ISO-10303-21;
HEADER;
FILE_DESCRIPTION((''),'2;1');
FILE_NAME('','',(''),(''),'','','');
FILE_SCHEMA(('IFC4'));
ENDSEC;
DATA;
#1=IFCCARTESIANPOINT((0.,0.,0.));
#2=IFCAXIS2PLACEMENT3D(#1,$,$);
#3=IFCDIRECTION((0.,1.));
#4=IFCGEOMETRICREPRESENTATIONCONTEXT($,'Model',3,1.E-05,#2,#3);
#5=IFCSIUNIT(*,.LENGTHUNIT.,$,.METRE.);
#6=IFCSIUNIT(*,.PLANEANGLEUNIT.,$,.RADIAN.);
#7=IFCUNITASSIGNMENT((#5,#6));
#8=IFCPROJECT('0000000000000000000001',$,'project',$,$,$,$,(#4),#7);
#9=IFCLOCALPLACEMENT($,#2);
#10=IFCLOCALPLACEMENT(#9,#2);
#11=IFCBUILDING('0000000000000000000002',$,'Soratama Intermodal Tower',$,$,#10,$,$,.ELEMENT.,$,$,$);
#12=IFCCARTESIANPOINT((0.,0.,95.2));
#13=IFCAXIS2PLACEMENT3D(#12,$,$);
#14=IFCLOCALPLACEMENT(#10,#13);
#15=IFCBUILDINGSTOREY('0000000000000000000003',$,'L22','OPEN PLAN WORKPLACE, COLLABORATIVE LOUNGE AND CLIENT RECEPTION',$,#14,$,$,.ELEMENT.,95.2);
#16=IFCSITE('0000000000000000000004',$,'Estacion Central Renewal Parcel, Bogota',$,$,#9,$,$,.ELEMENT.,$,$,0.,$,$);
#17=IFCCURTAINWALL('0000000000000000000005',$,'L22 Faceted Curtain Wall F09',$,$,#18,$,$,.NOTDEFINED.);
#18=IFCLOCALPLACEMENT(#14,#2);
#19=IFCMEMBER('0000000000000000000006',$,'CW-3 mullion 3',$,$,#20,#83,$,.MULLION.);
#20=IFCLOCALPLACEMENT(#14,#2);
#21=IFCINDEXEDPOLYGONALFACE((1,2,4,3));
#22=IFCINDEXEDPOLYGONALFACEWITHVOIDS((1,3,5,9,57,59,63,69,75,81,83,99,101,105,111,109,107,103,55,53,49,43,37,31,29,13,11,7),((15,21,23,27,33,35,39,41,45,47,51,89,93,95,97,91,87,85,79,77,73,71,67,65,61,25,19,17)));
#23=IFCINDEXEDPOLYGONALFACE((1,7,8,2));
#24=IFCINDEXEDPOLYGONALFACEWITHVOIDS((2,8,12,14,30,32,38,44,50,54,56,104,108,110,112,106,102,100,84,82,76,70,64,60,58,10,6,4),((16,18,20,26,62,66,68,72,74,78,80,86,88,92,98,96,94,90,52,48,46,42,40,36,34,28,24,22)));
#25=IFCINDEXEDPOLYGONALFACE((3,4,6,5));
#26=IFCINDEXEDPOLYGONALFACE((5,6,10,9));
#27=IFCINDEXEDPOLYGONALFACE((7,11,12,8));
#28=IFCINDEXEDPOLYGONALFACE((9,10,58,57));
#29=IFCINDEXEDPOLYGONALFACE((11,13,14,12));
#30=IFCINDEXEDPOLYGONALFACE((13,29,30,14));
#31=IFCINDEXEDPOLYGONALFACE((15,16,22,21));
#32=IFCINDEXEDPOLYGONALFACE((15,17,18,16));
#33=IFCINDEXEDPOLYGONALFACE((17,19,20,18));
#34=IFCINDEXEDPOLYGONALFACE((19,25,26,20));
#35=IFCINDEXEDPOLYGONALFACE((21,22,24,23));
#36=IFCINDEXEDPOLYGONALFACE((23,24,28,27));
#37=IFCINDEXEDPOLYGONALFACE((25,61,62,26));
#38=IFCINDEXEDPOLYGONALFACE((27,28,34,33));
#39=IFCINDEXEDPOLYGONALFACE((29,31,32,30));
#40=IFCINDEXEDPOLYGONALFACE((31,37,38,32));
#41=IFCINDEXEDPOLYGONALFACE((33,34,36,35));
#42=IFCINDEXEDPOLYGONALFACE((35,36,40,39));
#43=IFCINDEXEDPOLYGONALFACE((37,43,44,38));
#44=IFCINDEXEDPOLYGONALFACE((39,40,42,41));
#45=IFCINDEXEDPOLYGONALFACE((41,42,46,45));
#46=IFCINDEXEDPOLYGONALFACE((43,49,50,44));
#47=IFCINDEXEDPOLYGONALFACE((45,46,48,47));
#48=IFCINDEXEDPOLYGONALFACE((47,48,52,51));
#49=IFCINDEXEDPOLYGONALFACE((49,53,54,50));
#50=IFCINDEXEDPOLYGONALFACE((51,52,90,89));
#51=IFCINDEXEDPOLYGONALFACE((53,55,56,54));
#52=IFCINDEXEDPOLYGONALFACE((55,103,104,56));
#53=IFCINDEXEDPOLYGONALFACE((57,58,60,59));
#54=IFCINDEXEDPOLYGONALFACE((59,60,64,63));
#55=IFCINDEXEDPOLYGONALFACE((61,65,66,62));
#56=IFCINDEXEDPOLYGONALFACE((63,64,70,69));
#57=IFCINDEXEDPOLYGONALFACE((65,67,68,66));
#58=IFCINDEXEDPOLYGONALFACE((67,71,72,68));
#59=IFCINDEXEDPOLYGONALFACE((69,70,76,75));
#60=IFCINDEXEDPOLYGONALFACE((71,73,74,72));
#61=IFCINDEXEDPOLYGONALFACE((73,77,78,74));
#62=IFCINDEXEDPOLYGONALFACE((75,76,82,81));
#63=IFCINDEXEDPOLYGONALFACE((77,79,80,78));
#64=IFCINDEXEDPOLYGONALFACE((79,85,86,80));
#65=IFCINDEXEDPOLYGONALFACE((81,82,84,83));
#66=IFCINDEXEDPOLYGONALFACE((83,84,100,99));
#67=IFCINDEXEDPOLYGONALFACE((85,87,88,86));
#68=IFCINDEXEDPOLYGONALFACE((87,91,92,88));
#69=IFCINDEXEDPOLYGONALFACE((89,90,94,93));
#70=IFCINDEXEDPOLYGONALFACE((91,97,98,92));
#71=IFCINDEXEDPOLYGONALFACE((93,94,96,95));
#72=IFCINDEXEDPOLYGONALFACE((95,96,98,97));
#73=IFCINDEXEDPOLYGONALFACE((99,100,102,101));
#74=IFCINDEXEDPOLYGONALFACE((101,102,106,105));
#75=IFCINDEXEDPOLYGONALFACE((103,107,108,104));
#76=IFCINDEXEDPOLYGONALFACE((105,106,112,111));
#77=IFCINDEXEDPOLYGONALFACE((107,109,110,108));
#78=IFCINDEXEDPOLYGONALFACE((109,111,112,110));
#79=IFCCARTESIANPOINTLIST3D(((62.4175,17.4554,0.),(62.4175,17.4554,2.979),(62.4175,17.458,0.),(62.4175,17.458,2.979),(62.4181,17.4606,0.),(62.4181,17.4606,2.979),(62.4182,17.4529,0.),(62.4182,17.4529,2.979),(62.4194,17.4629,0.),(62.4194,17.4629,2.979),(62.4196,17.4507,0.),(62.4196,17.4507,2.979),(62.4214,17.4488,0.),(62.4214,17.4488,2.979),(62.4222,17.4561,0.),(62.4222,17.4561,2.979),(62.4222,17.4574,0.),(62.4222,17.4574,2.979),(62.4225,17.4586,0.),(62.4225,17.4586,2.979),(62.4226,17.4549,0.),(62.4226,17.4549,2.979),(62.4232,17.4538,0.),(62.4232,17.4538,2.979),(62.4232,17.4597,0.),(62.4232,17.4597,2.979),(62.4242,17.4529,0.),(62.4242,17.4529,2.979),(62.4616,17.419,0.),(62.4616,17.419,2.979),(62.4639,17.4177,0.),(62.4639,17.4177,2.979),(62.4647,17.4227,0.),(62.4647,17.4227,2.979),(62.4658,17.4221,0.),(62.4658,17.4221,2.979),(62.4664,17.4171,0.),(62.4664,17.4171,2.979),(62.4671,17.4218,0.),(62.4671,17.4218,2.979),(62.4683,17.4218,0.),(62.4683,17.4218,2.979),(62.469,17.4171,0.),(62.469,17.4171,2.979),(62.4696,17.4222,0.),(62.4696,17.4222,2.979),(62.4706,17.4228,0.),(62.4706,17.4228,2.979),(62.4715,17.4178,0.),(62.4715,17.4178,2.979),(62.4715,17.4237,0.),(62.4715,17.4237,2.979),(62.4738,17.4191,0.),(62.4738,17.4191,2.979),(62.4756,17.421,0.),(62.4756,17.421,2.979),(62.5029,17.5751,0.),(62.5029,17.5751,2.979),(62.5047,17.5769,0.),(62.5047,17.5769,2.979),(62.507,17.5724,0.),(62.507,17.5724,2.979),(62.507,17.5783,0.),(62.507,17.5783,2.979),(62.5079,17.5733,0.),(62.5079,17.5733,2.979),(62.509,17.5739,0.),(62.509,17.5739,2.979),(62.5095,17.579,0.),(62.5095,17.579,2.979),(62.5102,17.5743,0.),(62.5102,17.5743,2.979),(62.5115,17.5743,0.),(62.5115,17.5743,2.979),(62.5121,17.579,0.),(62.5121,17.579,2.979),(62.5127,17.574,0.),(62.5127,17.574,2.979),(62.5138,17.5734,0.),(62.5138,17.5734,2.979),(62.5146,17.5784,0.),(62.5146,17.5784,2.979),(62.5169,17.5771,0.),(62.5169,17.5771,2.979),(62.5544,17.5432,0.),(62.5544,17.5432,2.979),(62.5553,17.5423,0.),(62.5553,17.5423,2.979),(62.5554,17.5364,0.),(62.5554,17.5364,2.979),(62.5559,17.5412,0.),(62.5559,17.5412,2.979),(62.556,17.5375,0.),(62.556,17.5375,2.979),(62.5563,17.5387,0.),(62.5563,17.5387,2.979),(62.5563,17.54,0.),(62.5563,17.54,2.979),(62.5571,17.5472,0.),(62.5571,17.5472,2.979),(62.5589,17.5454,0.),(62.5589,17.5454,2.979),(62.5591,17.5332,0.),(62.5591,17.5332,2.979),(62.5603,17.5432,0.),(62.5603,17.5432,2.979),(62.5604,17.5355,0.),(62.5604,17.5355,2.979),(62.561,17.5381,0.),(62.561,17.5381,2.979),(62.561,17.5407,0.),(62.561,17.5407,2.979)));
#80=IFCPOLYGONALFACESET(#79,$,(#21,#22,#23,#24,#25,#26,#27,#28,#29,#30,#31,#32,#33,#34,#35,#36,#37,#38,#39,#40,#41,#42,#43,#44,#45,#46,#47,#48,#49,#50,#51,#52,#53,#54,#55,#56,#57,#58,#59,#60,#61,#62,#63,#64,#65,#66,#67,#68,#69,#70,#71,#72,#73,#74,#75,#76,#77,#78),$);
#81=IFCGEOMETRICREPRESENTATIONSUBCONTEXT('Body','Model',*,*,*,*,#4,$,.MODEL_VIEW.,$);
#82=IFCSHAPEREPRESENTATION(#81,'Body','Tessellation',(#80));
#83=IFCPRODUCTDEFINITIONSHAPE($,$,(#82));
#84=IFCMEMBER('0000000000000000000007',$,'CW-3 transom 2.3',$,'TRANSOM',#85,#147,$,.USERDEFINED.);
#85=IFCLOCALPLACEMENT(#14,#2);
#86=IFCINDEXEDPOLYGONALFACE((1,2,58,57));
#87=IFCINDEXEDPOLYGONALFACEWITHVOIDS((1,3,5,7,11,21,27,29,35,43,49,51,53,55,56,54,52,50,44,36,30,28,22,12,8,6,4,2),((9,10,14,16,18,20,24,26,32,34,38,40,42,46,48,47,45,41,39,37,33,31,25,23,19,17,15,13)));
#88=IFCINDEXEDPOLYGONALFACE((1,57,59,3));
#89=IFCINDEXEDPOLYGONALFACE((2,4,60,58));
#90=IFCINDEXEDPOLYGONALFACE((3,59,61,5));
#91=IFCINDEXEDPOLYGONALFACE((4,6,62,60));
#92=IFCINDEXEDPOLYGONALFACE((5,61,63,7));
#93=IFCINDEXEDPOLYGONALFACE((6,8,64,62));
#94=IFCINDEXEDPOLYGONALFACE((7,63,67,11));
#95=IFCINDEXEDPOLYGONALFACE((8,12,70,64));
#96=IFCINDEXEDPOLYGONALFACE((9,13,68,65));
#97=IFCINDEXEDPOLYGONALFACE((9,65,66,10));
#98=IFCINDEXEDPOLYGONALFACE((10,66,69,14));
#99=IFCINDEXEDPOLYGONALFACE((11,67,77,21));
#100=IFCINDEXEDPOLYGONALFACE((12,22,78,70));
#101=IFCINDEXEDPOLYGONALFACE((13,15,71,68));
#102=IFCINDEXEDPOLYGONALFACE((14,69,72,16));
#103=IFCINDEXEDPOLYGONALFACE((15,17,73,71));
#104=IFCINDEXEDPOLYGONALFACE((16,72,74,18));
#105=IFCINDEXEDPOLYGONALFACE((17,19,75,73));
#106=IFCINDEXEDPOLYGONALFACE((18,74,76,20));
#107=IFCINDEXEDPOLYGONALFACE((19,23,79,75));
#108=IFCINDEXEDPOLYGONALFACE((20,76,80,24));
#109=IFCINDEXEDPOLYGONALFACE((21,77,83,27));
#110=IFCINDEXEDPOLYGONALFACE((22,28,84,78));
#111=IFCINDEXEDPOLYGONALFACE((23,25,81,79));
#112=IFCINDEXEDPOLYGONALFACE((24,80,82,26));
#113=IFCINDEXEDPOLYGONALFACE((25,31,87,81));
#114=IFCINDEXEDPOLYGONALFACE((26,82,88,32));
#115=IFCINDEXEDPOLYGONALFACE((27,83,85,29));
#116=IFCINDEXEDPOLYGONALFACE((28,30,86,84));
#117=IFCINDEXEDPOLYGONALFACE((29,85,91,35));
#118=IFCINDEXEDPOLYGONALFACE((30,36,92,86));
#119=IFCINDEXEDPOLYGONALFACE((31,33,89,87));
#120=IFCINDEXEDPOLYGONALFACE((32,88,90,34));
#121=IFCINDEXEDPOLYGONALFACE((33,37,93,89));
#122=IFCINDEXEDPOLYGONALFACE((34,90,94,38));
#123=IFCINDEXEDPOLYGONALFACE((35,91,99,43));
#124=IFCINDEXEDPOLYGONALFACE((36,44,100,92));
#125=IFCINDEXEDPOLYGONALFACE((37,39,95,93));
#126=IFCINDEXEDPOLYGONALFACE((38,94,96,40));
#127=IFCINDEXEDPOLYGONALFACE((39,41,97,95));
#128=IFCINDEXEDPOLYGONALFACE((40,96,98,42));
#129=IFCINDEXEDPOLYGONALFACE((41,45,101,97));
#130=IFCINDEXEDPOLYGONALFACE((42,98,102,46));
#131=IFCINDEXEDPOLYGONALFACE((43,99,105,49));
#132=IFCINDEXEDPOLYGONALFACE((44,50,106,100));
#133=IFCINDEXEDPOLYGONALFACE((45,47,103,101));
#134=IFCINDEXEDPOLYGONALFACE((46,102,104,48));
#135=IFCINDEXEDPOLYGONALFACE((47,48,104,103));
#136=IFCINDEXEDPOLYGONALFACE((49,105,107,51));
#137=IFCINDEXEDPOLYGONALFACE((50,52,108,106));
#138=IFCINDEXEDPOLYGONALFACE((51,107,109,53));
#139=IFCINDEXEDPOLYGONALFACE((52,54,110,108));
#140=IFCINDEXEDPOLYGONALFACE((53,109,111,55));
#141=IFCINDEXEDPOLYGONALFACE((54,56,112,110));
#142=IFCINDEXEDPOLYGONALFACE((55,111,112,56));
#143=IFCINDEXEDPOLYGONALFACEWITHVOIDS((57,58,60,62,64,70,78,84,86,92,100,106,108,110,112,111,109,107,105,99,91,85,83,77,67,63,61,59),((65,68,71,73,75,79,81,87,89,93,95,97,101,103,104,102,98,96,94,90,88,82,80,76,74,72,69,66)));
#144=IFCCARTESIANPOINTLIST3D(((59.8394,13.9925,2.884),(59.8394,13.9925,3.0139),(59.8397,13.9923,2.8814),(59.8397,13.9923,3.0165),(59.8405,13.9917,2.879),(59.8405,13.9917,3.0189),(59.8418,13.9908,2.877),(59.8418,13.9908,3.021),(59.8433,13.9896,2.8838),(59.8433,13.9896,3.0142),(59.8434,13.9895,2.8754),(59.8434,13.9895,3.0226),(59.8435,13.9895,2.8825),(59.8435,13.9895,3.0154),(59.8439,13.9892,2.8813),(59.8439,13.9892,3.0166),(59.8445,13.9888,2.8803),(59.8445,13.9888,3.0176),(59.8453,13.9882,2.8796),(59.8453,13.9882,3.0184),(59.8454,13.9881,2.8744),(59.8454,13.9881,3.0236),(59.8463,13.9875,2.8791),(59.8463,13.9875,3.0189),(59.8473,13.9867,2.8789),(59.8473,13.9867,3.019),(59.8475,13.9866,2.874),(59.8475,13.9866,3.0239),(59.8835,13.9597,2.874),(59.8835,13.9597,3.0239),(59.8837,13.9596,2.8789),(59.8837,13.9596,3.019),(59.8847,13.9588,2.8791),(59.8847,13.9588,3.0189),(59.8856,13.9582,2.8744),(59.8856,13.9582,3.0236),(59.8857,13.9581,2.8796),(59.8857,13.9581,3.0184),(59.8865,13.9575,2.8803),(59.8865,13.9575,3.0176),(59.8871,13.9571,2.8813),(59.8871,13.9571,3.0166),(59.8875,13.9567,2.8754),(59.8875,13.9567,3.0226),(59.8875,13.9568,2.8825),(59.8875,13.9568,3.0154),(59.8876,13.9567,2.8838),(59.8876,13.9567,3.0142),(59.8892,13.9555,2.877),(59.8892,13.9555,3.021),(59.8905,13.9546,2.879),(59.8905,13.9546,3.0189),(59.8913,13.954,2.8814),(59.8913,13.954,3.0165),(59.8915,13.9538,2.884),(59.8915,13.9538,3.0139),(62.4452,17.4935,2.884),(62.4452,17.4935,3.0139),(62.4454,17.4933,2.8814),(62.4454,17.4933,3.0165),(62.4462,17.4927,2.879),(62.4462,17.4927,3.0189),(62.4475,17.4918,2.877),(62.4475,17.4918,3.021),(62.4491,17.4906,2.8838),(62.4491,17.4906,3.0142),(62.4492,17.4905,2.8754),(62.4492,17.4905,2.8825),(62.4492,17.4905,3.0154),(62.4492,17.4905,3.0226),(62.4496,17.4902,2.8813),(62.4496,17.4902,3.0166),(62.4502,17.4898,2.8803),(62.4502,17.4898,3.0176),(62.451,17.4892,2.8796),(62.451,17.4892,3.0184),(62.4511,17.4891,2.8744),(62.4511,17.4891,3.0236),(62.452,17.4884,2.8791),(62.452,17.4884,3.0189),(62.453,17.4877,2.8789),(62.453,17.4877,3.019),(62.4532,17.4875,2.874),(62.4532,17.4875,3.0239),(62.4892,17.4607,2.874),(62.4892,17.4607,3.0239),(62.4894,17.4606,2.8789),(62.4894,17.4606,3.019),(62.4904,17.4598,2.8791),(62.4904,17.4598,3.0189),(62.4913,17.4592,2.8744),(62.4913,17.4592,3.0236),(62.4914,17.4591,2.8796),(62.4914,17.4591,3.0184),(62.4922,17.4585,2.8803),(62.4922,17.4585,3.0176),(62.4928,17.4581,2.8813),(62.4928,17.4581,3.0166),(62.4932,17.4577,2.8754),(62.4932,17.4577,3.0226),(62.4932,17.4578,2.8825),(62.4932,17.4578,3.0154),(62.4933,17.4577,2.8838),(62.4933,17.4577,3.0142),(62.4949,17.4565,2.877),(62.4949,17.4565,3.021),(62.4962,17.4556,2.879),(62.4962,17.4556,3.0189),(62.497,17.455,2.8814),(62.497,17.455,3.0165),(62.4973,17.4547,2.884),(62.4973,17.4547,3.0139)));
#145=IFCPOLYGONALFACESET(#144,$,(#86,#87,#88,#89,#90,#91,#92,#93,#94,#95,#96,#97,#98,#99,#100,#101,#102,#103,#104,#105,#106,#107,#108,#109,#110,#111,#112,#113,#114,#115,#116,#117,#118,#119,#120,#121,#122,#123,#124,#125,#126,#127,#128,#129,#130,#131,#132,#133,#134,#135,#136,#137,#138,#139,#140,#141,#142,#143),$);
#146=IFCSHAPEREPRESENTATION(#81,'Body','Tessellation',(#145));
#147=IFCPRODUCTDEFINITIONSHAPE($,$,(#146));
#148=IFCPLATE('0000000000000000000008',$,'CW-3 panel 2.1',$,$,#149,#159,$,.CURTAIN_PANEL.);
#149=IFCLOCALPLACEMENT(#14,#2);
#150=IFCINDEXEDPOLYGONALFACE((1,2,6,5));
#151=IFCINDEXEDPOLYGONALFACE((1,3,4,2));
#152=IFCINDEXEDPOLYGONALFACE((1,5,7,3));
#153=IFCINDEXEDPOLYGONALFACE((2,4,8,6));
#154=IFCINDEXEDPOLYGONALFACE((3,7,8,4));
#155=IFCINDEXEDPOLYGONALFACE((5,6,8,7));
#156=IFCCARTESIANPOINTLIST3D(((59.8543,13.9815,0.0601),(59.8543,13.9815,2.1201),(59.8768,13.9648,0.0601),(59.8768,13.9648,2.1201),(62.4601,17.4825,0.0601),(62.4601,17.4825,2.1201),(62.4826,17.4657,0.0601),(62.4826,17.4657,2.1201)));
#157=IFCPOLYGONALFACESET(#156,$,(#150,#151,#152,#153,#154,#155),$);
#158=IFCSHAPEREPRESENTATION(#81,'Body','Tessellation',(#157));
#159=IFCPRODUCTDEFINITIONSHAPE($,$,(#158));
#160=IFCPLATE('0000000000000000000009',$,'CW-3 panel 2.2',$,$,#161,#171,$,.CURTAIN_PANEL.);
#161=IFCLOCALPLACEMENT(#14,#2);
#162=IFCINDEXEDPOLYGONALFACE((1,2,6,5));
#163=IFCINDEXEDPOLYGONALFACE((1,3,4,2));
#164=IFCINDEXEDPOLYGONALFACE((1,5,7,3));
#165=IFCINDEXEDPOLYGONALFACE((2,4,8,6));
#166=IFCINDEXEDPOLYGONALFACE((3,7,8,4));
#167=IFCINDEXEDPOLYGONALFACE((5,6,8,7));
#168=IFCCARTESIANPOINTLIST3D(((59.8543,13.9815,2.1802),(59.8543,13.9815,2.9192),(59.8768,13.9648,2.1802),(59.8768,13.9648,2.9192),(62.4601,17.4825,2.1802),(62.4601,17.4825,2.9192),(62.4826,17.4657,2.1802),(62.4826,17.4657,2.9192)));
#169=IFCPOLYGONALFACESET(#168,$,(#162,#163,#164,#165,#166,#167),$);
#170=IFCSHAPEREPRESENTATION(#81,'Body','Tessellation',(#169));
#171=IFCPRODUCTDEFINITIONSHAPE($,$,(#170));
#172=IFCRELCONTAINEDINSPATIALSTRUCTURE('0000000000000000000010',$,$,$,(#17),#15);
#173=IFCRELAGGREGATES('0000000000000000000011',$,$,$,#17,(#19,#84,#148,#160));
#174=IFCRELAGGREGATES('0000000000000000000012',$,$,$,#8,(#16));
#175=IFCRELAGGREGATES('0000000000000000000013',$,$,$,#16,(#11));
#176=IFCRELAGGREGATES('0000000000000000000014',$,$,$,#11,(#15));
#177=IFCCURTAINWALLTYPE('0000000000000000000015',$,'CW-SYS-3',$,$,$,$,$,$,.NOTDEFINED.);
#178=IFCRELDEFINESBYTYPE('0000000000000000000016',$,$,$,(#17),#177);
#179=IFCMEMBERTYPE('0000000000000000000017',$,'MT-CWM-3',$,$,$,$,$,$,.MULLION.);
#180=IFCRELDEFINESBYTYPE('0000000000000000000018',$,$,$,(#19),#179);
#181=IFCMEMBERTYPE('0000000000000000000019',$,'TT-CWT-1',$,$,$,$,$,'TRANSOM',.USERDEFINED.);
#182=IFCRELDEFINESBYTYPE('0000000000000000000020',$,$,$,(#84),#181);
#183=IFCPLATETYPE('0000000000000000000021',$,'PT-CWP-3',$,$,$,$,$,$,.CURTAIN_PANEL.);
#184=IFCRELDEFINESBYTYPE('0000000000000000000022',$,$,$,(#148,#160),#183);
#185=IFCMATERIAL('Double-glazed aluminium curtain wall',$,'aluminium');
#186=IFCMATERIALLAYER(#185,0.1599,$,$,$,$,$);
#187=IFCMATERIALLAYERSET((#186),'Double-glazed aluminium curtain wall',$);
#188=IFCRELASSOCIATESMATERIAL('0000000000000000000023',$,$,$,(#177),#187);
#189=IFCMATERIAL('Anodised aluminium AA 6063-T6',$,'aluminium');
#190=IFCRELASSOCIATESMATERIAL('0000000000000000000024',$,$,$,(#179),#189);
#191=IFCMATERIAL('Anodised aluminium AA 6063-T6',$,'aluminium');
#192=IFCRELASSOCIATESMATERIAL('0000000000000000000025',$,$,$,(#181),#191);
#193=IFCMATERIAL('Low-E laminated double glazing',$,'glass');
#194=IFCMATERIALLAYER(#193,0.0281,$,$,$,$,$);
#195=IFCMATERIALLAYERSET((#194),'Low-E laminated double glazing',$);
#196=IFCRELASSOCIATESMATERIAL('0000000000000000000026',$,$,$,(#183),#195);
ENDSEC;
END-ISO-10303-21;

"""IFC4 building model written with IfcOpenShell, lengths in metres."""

from ifc_helpers import new_model, si_unit, direction, frame, origin, origin_2d, place, context, subcontext, project, spatial, rectangle, hollow_rectangle, extrude, material, layer, layer_set, material_profile, profile_set, type_object, element, aggregate, save


model = new_model("IFC4")

# Units and contexts
model_context = context("Model", 3, precision=1e-05, world=origin(), true_north=direction((0.0, 1.0)))
body_context = subcontext(model_context, "Body", "Model", "MODEL_VIEW")
ifc_project = project(units=[si_unit("LENGTHUNIT", "METRE"), si_unit("PLANEANGLEUNIT", "RADIAN")], contexts=[model_context])

# Site, building, storey
site_placement = place(None, origin())
site = spatial("IfcSite", under=ifc_project, at=site_placement, Name="Estacion Central Renewal Parcel, Bogota", CompositionType="ELEMENT", RefElevation=0.0)
building_placement = place(site_placement, origin())
building = spatial("IfcBuilding", under=site, at=building_placement, Name="Soratama Intermodal Tower", CompositionType="ELEMENT")
storey_placement = place(building_placement, frame((0.0, 0.0, 95.2)))
storey = spatial("IfcBuildingStorey", under=building, at=storey_placement, Name="L22", Description="OPEN PLAN WORKPLACE, COLLABORATIVE LOUNGE AND CLIENT RECEPTION", CompositionType="ELEMENT", Elevation=95.2)

# Curtain wall, members, plates
ifc_material_1 = material(Name="Double-glazed aluminium curtain wall", Category="aluminium")
ifc_layer_1 = layer(ifc_material_1, 0.1599)
ifc_layer_set_1 = layer_set([ifc_layer_1], Name="Double-glazed aluminium curtain wall")
curtain_wall_type = type_object("IfcCurtainWallType", Name="CW-SYS-3", PredefinedType="NOTDEFINED", material=ifc_layer_set_1)
curtain_wall_placement = place(storey_placement, origin())
curtain_wall = element("IfcCurtainWall", 1, at=curtain_wall_placement, inside=storey, type_object=curtain_wall_type, Name="L22 Faceted Curtain Wall F09", PredefinedType="NOTDEFINED")
ifc_material_2 = material(Name="Anodised aluminium AA 6063-T6", Category="aluminium")
ifc_material_profile_1 = material_profile(ifc_material_2, hollow_rectangle(XDim=0.0701, YDim=0.1599, WallThickness=0.0049, InnerFilletRadius=0.0049, OuterFilletRadius=0.01, at=origin_2d()), Name="CWM160X70X5")
ifc_profile_set_1 = profile_set([ifc_material_profile_1], Name="Anodised aluminium AA 6063-T6")
member_type_1 = type_object("IfcMemberType", Name="MT-CWM-3", PredefinedType="MULLION", material=ifc_profile_set_1)
member_1_placement = place(storey_placement, frame((62.4893, 17.498, 0.0), z_axis=(0.0, 0.0, 1.0), x_axis=(-0.802189, 0.59707, 0.0)))
member_1 = element("IfcMember", 2, at=member_1_placement, type_object=member_type_1, Name="CW-3 mullion 3", PredefinedType="MULLION", context=body_context, shape_type="SweptSolid", body=[
    extrude(hollow_rectangle(XDim=0.0701, YDim=0.1599, WallThickness=0.0049, InnerFilletRadius=0.0049, OuterFilletRadius=0.01, at=origin_2d()), origin(), (0.0, 0.0, 1.0), 2.979),
])
ifc_material_3 = material(Name="Anodised aluminium AA 6063-T6", Category="aluminium")
ifc_material_profile_2 = material_profile(ifc_material_3, hollow_rectangle(XDim=0.0649, YDim=0.1499, WallThickness=0.0049, InnerFilletRadius=0.0049, OuterFilletRadius=0.01, at=origin_2d()), Name="CWT150X65X5")
ifc_profile_set_2 = profile_set([ifc_material_profile_2], Name="Anodised aluminium AA 6063-T6")
member_type_2 = type_object("IfcMemberType", Name="TT-CWT-1", ElementType="TRANSOM", PredefinedType="USERDEFINED", material=ifc_profile_set_2)
member_2_placement = place(storey_placement, frame((59.8655, 13.9731, 2.949), z_axis=(0.59706, 0.802196, 0.0), x_axis=(-0.802196, 0.59706, 0.0)))
member_2 = element("IfcMember", 3, at=member_2_placement, type_object=member_type_2, Name="CW-3 transom 2.3", ObjectType="TRANSOM", PredefinedType="USERDEFINED", context=body_context, shape_type="SweptSolid", body=[
    extrude(hollow_rectangle(XDim=0.0649, YDim=0.1499, WallThickness=0.0049, InnerFilletRadius=0.0049, OuterFilletRadius=0.01, at=origin_2d()), origin(), (0.0, 0.0, 1.0), 4.3643),
])
ifc_material_4 = material(Name="Low-E laminated double glazing", Category="glass")
ifc_layer_2 = layer(ifc_material_4, 0.0281)
ifc_layer_set_2 = layer_set([ifc_layer_2], Name="Low-E laminated double glazing")
plate_type = type_object("IfcPlateType", Name="PT-CWP-3", PredefinedType="CURTAIN_PANEL", material=ifc_layer_set_2)
plate_1_placement = place(storey_placement, frame((61.1685, 15.7236, 0.0601), z_axis=(0.0, 0.0, 1.0), x_axis=(0.59707, 0.802189, 0.0)))
plate_1 = element("IfcPlate", 4, at=plate_1_placement, type_object=plate_type, Name="CW-3 panel 2.1", PredefinedType="CURTAIN_PANEL", context=body_context, shape_type="SweptSolid", body=[
    extrude(rectangle(XDim=4.3643, YDim=0.0281, at=origin_2d()), origin(), (0.0, 0.0, 1.0), 2.0601),
])
plate_2_placement = place(storey_placement, frame((61.1685, 15.7236, 2.1802), z_axis=(0.0, 0.0, 1.0), x_axis=(0.59707, 0.802189, 0.0)))
plate_2 = element("IfcPlate", 5, at=plate_2_placement, type_object=plate_type, Name="CW-3 panel 2.2", PredefinedType="CURTAIN_PANEL", context=body_context, shape_type="SweptSolid", body=[
    extrude(rectangle(XDim=4.3643, YDim=0.0281, at=origin_2d()), origin(), (0.0, 0.0, 1.0), 0.739),
])
aggregate(curtain_wall, [member_1, member_2, plate_1, plate_2])

save(model, "model.ifc")
